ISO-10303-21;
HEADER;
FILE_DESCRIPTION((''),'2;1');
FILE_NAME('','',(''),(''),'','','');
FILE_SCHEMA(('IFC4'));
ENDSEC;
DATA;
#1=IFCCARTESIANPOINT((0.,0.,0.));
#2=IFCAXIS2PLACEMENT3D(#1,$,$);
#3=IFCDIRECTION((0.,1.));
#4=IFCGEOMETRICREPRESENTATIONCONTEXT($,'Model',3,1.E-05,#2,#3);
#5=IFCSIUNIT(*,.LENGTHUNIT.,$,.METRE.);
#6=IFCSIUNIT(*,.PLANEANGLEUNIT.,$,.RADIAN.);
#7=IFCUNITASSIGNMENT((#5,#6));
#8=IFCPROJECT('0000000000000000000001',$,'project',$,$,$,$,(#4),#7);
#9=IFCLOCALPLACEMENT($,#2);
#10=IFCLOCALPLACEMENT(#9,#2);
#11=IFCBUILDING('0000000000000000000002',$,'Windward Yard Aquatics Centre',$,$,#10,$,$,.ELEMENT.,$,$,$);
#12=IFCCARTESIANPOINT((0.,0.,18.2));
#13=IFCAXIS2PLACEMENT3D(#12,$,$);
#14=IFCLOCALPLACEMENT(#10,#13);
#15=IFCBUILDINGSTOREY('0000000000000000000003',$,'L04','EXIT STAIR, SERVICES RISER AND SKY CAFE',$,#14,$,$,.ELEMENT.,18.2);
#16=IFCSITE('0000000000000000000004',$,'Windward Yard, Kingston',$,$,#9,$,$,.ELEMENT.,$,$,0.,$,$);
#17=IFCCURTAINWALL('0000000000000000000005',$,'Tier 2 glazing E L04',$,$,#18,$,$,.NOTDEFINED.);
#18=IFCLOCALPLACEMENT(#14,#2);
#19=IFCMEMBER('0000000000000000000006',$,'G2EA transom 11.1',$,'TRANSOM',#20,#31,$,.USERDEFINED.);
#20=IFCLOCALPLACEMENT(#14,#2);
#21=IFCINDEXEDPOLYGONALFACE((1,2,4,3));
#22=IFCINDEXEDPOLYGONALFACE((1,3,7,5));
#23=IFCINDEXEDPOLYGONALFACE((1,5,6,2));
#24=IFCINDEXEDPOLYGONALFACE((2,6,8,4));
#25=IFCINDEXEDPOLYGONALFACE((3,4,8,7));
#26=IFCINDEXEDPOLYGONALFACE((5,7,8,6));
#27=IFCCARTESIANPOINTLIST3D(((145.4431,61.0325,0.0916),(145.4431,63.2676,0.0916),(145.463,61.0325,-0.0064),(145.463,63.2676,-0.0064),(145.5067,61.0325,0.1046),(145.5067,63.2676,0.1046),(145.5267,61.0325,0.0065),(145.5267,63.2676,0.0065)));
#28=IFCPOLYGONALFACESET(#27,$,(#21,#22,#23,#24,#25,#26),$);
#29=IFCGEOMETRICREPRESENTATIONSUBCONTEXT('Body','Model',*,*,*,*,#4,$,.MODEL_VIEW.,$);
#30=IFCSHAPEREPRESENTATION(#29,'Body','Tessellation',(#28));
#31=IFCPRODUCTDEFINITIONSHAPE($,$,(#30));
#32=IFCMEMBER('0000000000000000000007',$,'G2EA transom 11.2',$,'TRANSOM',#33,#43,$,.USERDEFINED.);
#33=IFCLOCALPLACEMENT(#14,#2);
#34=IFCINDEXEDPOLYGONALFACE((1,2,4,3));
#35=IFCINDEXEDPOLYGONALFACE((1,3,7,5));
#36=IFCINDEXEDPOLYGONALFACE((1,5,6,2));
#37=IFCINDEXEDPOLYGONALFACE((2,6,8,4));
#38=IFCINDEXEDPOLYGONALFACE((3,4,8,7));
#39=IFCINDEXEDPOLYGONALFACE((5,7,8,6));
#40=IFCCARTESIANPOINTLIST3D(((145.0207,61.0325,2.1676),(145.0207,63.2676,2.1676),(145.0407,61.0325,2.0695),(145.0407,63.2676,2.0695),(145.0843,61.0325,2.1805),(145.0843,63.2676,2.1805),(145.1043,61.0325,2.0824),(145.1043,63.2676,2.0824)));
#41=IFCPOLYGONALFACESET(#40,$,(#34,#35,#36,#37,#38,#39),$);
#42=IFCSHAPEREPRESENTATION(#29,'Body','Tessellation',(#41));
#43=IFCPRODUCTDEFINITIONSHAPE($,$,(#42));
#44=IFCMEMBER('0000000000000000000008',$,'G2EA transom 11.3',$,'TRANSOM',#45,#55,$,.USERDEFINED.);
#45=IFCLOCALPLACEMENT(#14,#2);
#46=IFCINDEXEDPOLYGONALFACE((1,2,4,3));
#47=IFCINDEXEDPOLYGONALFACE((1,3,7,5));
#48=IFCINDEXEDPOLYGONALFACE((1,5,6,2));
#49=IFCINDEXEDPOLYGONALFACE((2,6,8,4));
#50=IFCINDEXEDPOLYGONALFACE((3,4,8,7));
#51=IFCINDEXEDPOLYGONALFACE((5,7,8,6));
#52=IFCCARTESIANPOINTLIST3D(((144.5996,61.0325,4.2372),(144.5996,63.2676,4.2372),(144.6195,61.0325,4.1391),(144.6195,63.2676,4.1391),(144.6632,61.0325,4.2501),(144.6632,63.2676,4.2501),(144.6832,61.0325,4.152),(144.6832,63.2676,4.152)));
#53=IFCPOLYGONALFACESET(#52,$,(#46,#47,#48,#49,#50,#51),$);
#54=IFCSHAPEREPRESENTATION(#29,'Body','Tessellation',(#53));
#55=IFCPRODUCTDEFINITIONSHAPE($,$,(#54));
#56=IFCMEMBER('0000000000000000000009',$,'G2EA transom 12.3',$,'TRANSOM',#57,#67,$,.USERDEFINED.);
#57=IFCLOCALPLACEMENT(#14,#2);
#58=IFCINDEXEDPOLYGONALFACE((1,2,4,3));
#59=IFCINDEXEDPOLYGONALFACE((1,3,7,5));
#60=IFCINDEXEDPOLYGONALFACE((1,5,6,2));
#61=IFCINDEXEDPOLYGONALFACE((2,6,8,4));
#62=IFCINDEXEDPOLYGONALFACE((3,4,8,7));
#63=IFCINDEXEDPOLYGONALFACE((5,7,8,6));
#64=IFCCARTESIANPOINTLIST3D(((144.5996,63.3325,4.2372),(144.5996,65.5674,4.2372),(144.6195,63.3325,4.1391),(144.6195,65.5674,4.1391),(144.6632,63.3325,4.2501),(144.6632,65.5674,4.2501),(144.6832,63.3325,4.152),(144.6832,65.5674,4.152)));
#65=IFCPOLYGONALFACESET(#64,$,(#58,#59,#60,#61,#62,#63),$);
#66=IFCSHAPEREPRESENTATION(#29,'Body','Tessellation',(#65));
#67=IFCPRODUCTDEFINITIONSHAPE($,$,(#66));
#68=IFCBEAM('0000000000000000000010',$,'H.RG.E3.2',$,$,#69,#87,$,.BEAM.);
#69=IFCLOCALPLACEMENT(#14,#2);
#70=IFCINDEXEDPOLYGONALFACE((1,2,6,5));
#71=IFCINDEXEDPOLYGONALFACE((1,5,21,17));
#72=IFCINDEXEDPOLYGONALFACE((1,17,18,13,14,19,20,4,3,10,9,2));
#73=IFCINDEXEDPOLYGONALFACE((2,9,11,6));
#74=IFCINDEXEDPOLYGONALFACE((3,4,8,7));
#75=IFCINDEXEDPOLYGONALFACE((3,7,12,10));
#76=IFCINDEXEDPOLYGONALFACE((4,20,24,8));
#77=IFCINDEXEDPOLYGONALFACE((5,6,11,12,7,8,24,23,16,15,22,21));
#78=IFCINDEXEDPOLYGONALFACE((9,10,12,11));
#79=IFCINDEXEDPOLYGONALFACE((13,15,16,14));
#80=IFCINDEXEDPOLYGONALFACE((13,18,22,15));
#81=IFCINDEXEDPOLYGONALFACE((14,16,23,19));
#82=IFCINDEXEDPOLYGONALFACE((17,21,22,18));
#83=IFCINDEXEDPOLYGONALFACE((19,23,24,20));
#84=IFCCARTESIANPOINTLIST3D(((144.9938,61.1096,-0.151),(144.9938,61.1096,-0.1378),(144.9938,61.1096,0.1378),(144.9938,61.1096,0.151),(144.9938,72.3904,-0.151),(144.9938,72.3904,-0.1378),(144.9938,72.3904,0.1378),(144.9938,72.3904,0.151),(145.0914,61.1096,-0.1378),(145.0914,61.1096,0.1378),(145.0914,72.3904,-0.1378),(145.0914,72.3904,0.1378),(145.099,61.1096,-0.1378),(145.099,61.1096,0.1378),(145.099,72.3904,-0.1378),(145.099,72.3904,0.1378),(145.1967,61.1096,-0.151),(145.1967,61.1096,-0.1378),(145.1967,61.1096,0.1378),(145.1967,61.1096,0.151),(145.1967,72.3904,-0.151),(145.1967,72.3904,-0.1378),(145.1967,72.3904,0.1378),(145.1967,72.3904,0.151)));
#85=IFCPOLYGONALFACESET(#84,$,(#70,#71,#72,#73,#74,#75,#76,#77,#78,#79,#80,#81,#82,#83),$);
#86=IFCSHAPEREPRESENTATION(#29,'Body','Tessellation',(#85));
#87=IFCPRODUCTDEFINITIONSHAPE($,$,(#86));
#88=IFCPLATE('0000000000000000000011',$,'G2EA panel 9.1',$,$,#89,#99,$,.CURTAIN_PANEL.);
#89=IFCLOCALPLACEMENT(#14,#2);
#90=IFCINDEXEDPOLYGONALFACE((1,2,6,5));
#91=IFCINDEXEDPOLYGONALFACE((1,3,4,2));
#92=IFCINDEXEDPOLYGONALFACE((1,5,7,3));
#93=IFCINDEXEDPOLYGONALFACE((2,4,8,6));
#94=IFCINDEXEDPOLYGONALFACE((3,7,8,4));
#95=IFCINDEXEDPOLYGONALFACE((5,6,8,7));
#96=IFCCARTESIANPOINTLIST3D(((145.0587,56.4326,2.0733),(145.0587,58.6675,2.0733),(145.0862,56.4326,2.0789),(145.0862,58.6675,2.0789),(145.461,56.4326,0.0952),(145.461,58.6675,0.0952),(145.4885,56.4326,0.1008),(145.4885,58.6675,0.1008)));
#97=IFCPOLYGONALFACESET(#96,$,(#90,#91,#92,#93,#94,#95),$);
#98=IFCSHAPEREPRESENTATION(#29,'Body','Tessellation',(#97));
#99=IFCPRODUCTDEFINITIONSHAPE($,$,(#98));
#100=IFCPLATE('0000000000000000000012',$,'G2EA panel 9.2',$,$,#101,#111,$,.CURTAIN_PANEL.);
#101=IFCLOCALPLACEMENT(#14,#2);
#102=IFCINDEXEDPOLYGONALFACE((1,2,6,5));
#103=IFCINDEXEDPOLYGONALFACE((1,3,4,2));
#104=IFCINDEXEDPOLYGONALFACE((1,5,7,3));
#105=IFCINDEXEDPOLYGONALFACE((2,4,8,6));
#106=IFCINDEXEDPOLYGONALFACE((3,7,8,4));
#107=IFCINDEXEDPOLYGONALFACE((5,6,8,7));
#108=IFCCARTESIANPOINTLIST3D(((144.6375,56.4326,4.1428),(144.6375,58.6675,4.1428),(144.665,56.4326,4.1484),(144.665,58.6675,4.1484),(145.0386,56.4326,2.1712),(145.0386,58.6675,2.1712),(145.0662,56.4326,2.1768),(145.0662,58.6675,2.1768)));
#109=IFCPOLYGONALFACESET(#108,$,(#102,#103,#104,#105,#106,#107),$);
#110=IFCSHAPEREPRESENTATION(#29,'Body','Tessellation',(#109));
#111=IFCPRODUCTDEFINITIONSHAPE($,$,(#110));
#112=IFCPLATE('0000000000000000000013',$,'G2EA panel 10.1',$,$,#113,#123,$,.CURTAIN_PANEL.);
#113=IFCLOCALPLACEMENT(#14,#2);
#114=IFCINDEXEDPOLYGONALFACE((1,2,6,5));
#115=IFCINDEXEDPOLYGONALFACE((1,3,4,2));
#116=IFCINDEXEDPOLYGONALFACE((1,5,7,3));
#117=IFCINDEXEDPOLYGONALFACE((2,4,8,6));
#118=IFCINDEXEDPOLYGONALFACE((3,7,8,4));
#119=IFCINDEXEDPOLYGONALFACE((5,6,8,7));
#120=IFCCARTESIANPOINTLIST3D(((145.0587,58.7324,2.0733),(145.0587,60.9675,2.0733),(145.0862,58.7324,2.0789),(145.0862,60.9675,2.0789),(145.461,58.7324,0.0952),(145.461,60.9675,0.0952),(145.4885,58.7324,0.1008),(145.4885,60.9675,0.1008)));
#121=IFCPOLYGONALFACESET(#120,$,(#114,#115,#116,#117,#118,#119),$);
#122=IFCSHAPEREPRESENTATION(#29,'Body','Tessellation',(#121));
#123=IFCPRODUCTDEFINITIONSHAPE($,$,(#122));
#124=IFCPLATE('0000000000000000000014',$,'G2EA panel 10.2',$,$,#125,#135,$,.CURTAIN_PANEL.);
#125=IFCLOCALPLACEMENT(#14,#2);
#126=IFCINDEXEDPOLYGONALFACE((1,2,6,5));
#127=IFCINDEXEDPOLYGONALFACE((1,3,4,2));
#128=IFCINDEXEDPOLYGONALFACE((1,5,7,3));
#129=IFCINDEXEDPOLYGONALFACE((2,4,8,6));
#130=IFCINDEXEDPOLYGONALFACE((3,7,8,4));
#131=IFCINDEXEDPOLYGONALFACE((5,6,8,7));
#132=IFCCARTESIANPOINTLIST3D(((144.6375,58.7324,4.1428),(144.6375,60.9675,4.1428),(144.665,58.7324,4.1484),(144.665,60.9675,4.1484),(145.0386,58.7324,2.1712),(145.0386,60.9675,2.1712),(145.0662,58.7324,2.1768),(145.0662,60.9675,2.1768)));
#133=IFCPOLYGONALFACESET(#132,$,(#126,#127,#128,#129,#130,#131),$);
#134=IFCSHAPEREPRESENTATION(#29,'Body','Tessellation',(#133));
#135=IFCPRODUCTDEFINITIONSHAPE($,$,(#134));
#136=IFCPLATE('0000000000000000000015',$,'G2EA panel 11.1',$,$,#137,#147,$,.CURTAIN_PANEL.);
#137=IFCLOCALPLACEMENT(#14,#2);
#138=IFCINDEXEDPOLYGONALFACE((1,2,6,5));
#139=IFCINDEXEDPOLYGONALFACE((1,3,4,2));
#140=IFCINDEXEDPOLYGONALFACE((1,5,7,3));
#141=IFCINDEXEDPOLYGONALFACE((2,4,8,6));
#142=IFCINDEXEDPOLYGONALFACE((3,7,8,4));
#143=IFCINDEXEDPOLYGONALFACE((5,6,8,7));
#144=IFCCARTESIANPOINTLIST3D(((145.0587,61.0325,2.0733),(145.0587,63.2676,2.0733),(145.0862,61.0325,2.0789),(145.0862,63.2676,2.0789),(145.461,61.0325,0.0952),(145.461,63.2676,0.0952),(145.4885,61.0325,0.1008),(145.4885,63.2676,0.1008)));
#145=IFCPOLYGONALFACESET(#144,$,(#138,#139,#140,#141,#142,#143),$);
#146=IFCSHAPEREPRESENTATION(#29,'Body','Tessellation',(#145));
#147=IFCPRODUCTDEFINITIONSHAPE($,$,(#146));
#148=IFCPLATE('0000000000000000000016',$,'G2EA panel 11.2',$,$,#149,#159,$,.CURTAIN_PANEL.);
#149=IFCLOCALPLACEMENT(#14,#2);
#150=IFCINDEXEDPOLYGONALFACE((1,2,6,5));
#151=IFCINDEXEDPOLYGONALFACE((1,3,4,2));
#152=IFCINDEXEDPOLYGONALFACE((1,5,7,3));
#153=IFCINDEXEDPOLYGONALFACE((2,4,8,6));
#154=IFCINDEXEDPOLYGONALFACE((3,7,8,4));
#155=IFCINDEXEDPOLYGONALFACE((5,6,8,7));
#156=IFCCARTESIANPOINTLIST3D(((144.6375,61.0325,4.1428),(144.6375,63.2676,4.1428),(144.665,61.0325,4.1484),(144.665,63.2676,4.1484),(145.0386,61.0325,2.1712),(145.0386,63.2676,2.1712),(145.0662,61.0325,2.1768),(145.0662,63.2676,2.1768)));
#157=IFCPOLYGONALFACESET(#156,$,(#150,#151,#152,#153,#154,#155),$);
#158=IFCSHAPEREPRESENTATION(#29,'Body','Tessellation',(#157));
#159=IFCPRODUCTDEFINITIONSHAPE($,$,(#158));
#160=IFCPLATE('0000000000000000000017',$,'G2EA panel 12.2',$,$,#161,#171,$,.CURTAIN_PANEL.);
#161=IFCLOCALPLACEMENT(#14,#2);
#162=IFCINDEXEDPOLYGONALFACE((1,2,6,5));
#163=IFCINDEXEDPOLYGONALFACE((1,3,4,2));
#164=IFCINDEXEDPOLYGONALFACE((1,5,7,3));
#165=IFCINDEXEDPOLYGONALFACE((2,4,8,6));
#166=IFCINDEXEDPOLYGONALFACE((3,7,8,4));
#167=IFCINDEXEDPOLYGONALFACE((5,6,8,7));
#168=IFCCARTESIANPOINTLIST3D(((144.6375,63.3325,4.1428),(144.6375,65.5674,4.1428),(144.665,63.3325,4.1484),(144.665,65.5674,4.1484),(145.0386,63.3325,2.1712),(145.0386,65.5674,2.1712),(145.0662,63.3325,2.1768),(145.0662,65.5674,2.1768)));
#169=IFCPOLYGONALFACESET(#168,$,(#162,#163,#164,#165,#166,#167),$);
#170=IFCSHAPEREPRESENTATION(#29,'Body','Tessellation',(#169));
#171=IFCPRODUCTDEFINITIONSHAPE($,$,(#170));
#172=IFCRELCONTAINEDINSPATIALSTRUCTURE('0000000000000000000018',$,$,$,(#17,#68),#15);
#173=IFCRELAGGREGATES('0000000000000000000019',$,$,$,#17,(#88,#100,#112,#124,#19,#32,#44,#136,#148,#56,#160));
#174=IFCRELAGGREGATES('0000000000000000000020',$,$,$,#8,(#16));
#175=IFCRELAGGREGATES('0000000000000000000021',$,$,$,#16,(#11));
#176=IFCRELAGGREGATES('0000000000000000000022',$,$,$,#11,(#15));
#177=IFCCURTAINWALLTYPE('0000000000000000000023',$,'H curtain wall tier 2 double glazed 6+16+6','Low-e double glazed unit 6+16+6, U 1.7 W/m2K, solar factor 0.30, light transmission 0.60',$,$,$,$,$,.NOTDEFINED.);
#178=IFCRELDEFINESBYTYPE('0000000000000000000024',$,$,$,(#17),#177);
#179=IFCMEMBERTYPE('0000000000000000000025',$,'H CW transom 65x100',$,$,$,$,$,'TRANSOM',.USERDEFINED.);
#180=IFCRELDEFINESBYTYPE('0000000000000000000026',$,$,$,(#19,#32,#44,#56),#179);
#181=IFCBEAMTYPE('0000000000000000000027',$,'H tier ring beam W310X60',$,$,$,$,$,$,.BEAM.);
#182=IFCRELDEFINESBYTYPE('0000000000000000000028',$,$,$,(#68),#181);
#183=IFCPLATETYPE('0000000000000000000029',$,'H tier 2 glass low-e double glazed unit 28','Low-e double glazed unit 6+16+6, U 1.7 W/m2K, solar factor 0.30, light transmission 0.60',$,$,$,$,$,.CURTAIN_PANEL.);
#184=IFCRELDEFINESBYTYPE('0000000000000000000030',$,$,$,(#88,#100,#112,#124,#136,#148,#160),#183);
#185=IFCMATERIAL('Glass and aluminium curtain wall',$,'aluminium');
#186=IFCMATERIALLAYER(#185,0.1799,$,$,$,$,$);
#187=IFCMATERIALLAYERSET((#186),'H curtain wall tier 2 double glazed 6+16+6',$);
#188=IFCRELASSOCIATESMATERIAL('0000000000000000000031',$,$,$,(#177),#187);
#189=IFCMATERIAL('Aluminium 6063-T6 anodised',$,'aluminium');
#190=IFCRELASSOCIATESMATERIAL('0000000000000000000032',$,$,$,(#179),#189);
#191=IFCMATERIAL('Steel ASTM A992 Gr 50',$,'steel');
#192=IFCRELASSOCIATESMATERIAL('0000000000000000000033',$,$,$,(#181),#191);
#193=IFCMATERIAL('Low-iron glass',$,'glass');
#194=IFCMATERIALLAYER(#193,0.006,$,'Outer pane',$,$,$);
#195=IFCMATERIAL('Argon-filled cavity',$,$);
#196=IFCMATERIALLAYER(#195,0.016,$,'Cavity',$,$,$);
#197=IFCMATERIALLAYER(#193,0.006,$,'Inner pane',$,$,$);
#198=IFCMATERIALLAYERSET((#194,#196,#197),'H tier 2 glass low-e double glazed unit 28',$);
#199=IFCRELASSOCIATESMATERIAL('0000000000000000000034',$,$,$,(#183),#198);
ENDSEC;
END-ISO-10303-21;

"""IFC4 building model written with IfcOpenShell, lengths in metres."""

from ifc_helpers import new_model, si_unit, direction, frame, origin, origin_2d, place, context, subcontext, project, spatial, polyline, rectangle, i_section, outline, extrude, material, layer, layer_set, material_profile, profile_set, type_object, element, aggregate, save


model = new_model("IFC4")

# Units and contexts
model_context = context("Model", 3, precision=1e-05, world=origin(), true_north=direction((0.0, 1.0)))
body_context = subcontext(model_context, "Body", "Model", "MODEL_VIEW")
ifc_project = project(units=[si_unit("LENGTHUNIT", "METRE"), si_unit("PLANEANGLEUNIT", "RADIAN")], contexts=[model_context])

# Site, building, storey
site_placement = place(None, origin())
site = spatial("IfcSite", under=ifc_project, at=site_placement, Name="Windward Yard, Kingston", CompositionType="ELEMENT", RefElevation=0.0)
building_placement = place(site_placement, origin())
building = spatial("IfcBuilding", under=site, at=building_placement, Name="Windward Yard Aquatics Centre", CompositionType="ELEMENT")
storey_placement = place(building_placement, frame((0.0, 0.0, 18.2)))
storey = spatial("IfcBuildingStorey", under=building, at=storey_placement, Name="L04", Description="EXIT STAIR, SERVICES RISER AND SKY CAFE", CompositionType="ELEMENT", Elevation=18.2)

# Curtain wall, members
ifc_material_1 = material(Name="Glass and aluminium curtain wall", Category="aluminium")
ifc_layer_1 = layer(ifc_material_1, 0.1799)
ifc_layer_set_1 = layer_set([ifc_layer_1], Name="H curtain wall tier 2 double glazed 6+16+6")
curtain_wall_type = type_object("IfcCurtainWallType", Name="H curtain wall tier 2 double glazed 6+16+6", Description="Low-e double glazed unit 6+16+6, U 1.7 W/m2K, solar factor 0.30, light transmission 0.60", PredefinedType="NOTDEFINED", material=ifc_layer_set_1)
curtain_wall_placement = place(storey_placement, origin())
curtain_wall = element("IfcCurtainWall", 1, at=curtain_wall_placement, inside=storey, type_object=curtain_wall_type, Name="Tier 2 glazing E L04", PredefinedType="NOTDEFINED")
ifc_material_2 = material(Name="Aluminium 6063-T6 anodised", Category="aluminium")
ifc_material_profile_1 = material_profile(ifc_material_2, rectangle(XDim=0.0649, YDim=0.1001, at=origin_2d()), Name="H CW transom 65x100")
ifc_profile_set_1 = profile_set([ifc_material_profile_1], Name="Aluminium 6063-T6 anodised")
member_type_1 = type_object("IfcMemberType", Name="H CW transom 65x100", ElementType="TRANSOM", PredefinedType="USERDEFINED", material=ifc_profile_set_1)
member_1_placement = place(storey_placement, frame((145.4849, 61.0325, 0.0491), z_axis=(0.0, 1.0, 0.0), x_axis=(0.979925, 0.0, 0.199368)))
member_1 = element("IfcMember", 2, at=member_1_placement, type_object=member_type_1, Name="G2EA transom 11.1", ObjectType="TRANSOM", PredefinedType="USERDEFINED", context=body_context, shape_type="SweptSolid", body=[
    extrude(rectangle(XDim=0.0649, YDim=0.1001, at=origin_2d()), origin(), (0.0, 0.0, 1.0), 2.2351),
])
member_2_placement = place(storey_placement, frame((145.0625, 61.0325, 2.125), z_axis=(0.0, 1.0, 0.0), x_axis=(0.979925, 0.0, 0.199368)))
member_2 = element("IfcMember", 3, at=member_2_placement, type_object=member_type_1, Name="G2EA transom 11.2", ObjectType="TRANSOM", PredefinedType="USERDEFINED", context=body_context, shape_type="SweptSolid", body=[
    extrude(rectangle(XDim=0.0649, YDim=0.1001, at=origin_2d()), origin(), (0.0, 0.0, 1.0), 2.2351),
])
member_3_placement = place(storey_placement, frame((144.6414, 61.0325, 4.1946), z_axis=(0.0, 1.0, 0.0), x_axis=(0.979925, 0.0, 0.199368)))
member_3 = element("IfcMember", 4, at=member_3_placement, type_object=member_type_1, Name="G2EA transom 11.3", ObjectType="TRANSOM", PredefinedType="USERDEFINED", context=body_context, shape_type="SweptSolid", body=[
    extrude(rectangle(XDim=0.0649, YDim=0.1001, at=origin_2d()), origin(), (0.0, 0.0, 1.0), 2.2351),
])
member_4_placement = place(storey_placement, frame((144.6414, 63.3325, 4.1946), z_axis=(0.0, 1.0, 0.0), x_axis=(0.979925, 0.0, 0.199368)))
member_4 = element("IfcMember", 5, at=member_4_placement, type_object=member_type_1, Name="G2EA transom 12.3", ObjectType="TRANSOM", PredefinedType="USERDEFINED", context=body_context, shape_type="SweptSolid", body=[
    extrude(rectangle(XDim=0.0649, YDim=0.1001, at=origin_2d()), origin(), (0.0, 0.0, 1.0), 2.2349),
])

# Beam
ifc_material_3 = material(Name="Steel ASTM A992 Gr 50", Category="steel")
ifc_material_profile_2 = material_profile(ifc_material_3, i_section(OverallWidth=0.2029, OverallDepth=0.302, WebThickness=0.0076, FlangeThickness=0.0132, at=origin_2d()), Name="W310X60")
ifc_profile_set_2 = profile_set([ifc_material_profile_2], Name="Steel ASTM A992 Gr 50")
beam_type = type_object("IfcBeamType", Name="H tier ring beam W310X60", PredefinedType="BEAM", material=ifc_profile_set_2)
beam_placement = place(storey_placement, frame((145.0952, 61.1096, 0.0), z_axis=(0.0, 1.0, 0.0), x_axis=(-1.0, 0.0, 0.0)))
element("IfcBeam", 6, at=beam_placement, inside=storey, type_object=beam_type, Name="H.RG.E3.2", PredefinedType="BEAM", context=body_context, shape_type="SweptSolid", body=[
    extrude(i_section(OverallWidth=0.2029, OverallDepth=0.302, WebThickness=0.0076, FlangeThickness=0.0132, at=origin_2d()), origin(), (0.0, 0.0, 1.0), 11.2808),
])

# Plates
ifc_material_4 = material(Name="Low-iron glass", Category="glass")
ifc_layer_2 = layer(ifc_material_4, 0.006, Name="Outer pane")
ifc_material_5 = material(Name="Argon-filled cavity")
ifc_layer_3 = layer(ifc_material_5, 0.016, Name="Cavity")
ifc_layer_4 = layer(ifc_material_4, 0.006, Name="Inner pane")
ifc_layer_set_2 = layer_set([ifc_layer_2, ifc_layer_3, ifc_layer_4], Name="H tier 2 glass low-e double glazed unit 28")
plate_type = type_object("IfcPlateType", Name="H tier 2 glass low-e double glazed unit 28", Description="Low-e double glazed unit 6+16+6, U 1.7 W/m2K, solar factor 0.30, light transmission 0.60", PredefinedType="CURTAIN_PANEL", material=ifc_layer_set_2)
plate_1_placement = place(storey_placement, frame((145.0862, 56.4326, 2.0789), z_axis=(0.979933, 0.0, 0.199325), x_axis=(0.199325, 0.0, -0.979933)))
plate_1 = element("IfcPlate", 7, at=plate_1_placement, type_object=plate_type, Name="G2EA panel 9.1", PredefinedType="CURTAIN_PANEL", context=body_context, shape_type="SweptSolid", body=[
    extrude(outline(polyline([(0.0, 0.0), (2.0185, 0.0), (2.0185, 2.2349), (0.0, 2.2349), (0.0, 0.0)])), origin(), (0.0, 0.0, -1.0), 0.0281),
])
plate_2_placement = place(storey_placement, frame((144.665, 56.4326, 4.1484), z_axis=(0.979927, 0.0, 0.199359), x_axis=(0.199359, 0.0, -0.979927)))
plate_2 = element("IfcPlate", 8, at=plate_2_placement, type_object=plate_type, Name="G2EA panel 9.2", PredefinedType="CURTAIN_PANEL", context=body_context, shape_type="SweptSolid", body=[
    extrude(outline(polyline([(0.0, 0.0), (2.0121, 0.0), (2.0121, 2.2349), (0.0, 2.2349), (0.0, 0.0)])), origin(), (0.0, 0.0, -1.0), 0.0281),
])
plate_3_placement = place(storey_placement, frame((145.0862, 58.7324, 2.0789), z_axis=(0.979933, 0.0, 0.199325), x_axis=(0.199325, 0.0, -0.979933)))
plate_3 = element("IfcPlate", 9, at=plate_3_placement, type_object=plate_type, Name="G2EA panel 10.1", PredefinedType="CURTAIN_PANEL", context=body_context, shape_type="SweptSolid", body=[
    extrude(outline(polyline([(0.0, 0.0), (2.0185, 0.0), (2.0185, 2.2351), (0.0, 2.2351), (0.0, 0.0)])), origin(), (0.0, 0.0, -1.0), 0.0281),
])
plate_4_placement = place(storey_placement, frame((144.665, 58.7324, 4.1484), z_axis=(0.979927, 0.0, 0.199359), x_axis=(0.199359, 0.0, -0.979927)))
plate_4 = element("IfcPlate", 10, at=plate_4_placement, type_object=plate_type, Name="G2EA panel 10.2", PredefinedType="CURTAIN_PANEL", context=body_context, shape_type="SweptSolid", body=[
    extrude(outline(polyline([(0.0, 0.0), (2.0121, 0.0), (2.0121, 2.2351), (0.0, 2.2351), (0.0, 0.0)])), origin(), (0.0, 0.0, -1.0), 0.0281),
])
plate_5_placement = place(storey_placement, frame((145.0862, 61.0325, 2.0789), z_axis=(0.979933, 0.0, 0.199325), x_axis=(0.199325, 0.0, -0.979933)))
plate_5 = element("IfcPlate", 11, at=plate_5_placement, type_object=plate_type, Name="G2EA panel 11.1", PredefinedType="CURTAIN_PANEL", context=body_context, shape_type="SweptSolid", body=[
    extrude(outline(polyline([(0.0, 0.0), (2.0185, 0.0), (2.0185, 2.2351), (0.0, 2.2351), (0.0, 0.0)])), origin(), (0.0, 0.0, -1.0), 0.0281),
])
plate_6_placement = place(storey_placement, frame((144.665, 61.0325, 4.1484), z_axis=(0.979927, 0.0, 0.199359), x_axis=(0.199359, 0.0, -0.979927)))
plate_6 = element("IfcPlate", 12, at=plate_6_placement, type_object=plate_type, Name="G2EA panel 11.2", PredefinedType="CURTAIN_PANEL", context=body_context, shape_type="SweptSolid", body=[
    extrude(outline(polyline([(0.0, 0.0), (2.0121, 0.0), (2.0121, 2.2351), (0.0, 2.2351), (0.0, 0.0)])), origin(), (0.0, 0.0, -1.0), 0.0281),
])
plate_7_placement = place(storey_placement, frame((144.665, 63.3325, 4.1484), z_axis=(0.979927, 0.0, 0.199359), x_axis=(0.199359, 0.0, -0.979927)))
plate_7 = element("IfcPlate", 13, at=plate_7_placement, type_object=plate_type, Name="G2EA panel 12.2", PredefinedType="CURTAIN_PANEL", context=body_context, shape_type="SweptSolid", body=[
    extrude(outline(polyline([(0.0, 0.0), (2.0121, 0.0), (2.0121, 2.2349), (0.0, 2.2349), (0.0, 0.0)])), origin(), (0.0, 0.0, -1.0), 0.0281),
])
aggregate(curtain_wall, [plate_1, plate_2, plate_3, plate_4, member_1, member_2, member_3, plate_5, plate_6, member_4, plate_7])

save(model, "model.ifc")
